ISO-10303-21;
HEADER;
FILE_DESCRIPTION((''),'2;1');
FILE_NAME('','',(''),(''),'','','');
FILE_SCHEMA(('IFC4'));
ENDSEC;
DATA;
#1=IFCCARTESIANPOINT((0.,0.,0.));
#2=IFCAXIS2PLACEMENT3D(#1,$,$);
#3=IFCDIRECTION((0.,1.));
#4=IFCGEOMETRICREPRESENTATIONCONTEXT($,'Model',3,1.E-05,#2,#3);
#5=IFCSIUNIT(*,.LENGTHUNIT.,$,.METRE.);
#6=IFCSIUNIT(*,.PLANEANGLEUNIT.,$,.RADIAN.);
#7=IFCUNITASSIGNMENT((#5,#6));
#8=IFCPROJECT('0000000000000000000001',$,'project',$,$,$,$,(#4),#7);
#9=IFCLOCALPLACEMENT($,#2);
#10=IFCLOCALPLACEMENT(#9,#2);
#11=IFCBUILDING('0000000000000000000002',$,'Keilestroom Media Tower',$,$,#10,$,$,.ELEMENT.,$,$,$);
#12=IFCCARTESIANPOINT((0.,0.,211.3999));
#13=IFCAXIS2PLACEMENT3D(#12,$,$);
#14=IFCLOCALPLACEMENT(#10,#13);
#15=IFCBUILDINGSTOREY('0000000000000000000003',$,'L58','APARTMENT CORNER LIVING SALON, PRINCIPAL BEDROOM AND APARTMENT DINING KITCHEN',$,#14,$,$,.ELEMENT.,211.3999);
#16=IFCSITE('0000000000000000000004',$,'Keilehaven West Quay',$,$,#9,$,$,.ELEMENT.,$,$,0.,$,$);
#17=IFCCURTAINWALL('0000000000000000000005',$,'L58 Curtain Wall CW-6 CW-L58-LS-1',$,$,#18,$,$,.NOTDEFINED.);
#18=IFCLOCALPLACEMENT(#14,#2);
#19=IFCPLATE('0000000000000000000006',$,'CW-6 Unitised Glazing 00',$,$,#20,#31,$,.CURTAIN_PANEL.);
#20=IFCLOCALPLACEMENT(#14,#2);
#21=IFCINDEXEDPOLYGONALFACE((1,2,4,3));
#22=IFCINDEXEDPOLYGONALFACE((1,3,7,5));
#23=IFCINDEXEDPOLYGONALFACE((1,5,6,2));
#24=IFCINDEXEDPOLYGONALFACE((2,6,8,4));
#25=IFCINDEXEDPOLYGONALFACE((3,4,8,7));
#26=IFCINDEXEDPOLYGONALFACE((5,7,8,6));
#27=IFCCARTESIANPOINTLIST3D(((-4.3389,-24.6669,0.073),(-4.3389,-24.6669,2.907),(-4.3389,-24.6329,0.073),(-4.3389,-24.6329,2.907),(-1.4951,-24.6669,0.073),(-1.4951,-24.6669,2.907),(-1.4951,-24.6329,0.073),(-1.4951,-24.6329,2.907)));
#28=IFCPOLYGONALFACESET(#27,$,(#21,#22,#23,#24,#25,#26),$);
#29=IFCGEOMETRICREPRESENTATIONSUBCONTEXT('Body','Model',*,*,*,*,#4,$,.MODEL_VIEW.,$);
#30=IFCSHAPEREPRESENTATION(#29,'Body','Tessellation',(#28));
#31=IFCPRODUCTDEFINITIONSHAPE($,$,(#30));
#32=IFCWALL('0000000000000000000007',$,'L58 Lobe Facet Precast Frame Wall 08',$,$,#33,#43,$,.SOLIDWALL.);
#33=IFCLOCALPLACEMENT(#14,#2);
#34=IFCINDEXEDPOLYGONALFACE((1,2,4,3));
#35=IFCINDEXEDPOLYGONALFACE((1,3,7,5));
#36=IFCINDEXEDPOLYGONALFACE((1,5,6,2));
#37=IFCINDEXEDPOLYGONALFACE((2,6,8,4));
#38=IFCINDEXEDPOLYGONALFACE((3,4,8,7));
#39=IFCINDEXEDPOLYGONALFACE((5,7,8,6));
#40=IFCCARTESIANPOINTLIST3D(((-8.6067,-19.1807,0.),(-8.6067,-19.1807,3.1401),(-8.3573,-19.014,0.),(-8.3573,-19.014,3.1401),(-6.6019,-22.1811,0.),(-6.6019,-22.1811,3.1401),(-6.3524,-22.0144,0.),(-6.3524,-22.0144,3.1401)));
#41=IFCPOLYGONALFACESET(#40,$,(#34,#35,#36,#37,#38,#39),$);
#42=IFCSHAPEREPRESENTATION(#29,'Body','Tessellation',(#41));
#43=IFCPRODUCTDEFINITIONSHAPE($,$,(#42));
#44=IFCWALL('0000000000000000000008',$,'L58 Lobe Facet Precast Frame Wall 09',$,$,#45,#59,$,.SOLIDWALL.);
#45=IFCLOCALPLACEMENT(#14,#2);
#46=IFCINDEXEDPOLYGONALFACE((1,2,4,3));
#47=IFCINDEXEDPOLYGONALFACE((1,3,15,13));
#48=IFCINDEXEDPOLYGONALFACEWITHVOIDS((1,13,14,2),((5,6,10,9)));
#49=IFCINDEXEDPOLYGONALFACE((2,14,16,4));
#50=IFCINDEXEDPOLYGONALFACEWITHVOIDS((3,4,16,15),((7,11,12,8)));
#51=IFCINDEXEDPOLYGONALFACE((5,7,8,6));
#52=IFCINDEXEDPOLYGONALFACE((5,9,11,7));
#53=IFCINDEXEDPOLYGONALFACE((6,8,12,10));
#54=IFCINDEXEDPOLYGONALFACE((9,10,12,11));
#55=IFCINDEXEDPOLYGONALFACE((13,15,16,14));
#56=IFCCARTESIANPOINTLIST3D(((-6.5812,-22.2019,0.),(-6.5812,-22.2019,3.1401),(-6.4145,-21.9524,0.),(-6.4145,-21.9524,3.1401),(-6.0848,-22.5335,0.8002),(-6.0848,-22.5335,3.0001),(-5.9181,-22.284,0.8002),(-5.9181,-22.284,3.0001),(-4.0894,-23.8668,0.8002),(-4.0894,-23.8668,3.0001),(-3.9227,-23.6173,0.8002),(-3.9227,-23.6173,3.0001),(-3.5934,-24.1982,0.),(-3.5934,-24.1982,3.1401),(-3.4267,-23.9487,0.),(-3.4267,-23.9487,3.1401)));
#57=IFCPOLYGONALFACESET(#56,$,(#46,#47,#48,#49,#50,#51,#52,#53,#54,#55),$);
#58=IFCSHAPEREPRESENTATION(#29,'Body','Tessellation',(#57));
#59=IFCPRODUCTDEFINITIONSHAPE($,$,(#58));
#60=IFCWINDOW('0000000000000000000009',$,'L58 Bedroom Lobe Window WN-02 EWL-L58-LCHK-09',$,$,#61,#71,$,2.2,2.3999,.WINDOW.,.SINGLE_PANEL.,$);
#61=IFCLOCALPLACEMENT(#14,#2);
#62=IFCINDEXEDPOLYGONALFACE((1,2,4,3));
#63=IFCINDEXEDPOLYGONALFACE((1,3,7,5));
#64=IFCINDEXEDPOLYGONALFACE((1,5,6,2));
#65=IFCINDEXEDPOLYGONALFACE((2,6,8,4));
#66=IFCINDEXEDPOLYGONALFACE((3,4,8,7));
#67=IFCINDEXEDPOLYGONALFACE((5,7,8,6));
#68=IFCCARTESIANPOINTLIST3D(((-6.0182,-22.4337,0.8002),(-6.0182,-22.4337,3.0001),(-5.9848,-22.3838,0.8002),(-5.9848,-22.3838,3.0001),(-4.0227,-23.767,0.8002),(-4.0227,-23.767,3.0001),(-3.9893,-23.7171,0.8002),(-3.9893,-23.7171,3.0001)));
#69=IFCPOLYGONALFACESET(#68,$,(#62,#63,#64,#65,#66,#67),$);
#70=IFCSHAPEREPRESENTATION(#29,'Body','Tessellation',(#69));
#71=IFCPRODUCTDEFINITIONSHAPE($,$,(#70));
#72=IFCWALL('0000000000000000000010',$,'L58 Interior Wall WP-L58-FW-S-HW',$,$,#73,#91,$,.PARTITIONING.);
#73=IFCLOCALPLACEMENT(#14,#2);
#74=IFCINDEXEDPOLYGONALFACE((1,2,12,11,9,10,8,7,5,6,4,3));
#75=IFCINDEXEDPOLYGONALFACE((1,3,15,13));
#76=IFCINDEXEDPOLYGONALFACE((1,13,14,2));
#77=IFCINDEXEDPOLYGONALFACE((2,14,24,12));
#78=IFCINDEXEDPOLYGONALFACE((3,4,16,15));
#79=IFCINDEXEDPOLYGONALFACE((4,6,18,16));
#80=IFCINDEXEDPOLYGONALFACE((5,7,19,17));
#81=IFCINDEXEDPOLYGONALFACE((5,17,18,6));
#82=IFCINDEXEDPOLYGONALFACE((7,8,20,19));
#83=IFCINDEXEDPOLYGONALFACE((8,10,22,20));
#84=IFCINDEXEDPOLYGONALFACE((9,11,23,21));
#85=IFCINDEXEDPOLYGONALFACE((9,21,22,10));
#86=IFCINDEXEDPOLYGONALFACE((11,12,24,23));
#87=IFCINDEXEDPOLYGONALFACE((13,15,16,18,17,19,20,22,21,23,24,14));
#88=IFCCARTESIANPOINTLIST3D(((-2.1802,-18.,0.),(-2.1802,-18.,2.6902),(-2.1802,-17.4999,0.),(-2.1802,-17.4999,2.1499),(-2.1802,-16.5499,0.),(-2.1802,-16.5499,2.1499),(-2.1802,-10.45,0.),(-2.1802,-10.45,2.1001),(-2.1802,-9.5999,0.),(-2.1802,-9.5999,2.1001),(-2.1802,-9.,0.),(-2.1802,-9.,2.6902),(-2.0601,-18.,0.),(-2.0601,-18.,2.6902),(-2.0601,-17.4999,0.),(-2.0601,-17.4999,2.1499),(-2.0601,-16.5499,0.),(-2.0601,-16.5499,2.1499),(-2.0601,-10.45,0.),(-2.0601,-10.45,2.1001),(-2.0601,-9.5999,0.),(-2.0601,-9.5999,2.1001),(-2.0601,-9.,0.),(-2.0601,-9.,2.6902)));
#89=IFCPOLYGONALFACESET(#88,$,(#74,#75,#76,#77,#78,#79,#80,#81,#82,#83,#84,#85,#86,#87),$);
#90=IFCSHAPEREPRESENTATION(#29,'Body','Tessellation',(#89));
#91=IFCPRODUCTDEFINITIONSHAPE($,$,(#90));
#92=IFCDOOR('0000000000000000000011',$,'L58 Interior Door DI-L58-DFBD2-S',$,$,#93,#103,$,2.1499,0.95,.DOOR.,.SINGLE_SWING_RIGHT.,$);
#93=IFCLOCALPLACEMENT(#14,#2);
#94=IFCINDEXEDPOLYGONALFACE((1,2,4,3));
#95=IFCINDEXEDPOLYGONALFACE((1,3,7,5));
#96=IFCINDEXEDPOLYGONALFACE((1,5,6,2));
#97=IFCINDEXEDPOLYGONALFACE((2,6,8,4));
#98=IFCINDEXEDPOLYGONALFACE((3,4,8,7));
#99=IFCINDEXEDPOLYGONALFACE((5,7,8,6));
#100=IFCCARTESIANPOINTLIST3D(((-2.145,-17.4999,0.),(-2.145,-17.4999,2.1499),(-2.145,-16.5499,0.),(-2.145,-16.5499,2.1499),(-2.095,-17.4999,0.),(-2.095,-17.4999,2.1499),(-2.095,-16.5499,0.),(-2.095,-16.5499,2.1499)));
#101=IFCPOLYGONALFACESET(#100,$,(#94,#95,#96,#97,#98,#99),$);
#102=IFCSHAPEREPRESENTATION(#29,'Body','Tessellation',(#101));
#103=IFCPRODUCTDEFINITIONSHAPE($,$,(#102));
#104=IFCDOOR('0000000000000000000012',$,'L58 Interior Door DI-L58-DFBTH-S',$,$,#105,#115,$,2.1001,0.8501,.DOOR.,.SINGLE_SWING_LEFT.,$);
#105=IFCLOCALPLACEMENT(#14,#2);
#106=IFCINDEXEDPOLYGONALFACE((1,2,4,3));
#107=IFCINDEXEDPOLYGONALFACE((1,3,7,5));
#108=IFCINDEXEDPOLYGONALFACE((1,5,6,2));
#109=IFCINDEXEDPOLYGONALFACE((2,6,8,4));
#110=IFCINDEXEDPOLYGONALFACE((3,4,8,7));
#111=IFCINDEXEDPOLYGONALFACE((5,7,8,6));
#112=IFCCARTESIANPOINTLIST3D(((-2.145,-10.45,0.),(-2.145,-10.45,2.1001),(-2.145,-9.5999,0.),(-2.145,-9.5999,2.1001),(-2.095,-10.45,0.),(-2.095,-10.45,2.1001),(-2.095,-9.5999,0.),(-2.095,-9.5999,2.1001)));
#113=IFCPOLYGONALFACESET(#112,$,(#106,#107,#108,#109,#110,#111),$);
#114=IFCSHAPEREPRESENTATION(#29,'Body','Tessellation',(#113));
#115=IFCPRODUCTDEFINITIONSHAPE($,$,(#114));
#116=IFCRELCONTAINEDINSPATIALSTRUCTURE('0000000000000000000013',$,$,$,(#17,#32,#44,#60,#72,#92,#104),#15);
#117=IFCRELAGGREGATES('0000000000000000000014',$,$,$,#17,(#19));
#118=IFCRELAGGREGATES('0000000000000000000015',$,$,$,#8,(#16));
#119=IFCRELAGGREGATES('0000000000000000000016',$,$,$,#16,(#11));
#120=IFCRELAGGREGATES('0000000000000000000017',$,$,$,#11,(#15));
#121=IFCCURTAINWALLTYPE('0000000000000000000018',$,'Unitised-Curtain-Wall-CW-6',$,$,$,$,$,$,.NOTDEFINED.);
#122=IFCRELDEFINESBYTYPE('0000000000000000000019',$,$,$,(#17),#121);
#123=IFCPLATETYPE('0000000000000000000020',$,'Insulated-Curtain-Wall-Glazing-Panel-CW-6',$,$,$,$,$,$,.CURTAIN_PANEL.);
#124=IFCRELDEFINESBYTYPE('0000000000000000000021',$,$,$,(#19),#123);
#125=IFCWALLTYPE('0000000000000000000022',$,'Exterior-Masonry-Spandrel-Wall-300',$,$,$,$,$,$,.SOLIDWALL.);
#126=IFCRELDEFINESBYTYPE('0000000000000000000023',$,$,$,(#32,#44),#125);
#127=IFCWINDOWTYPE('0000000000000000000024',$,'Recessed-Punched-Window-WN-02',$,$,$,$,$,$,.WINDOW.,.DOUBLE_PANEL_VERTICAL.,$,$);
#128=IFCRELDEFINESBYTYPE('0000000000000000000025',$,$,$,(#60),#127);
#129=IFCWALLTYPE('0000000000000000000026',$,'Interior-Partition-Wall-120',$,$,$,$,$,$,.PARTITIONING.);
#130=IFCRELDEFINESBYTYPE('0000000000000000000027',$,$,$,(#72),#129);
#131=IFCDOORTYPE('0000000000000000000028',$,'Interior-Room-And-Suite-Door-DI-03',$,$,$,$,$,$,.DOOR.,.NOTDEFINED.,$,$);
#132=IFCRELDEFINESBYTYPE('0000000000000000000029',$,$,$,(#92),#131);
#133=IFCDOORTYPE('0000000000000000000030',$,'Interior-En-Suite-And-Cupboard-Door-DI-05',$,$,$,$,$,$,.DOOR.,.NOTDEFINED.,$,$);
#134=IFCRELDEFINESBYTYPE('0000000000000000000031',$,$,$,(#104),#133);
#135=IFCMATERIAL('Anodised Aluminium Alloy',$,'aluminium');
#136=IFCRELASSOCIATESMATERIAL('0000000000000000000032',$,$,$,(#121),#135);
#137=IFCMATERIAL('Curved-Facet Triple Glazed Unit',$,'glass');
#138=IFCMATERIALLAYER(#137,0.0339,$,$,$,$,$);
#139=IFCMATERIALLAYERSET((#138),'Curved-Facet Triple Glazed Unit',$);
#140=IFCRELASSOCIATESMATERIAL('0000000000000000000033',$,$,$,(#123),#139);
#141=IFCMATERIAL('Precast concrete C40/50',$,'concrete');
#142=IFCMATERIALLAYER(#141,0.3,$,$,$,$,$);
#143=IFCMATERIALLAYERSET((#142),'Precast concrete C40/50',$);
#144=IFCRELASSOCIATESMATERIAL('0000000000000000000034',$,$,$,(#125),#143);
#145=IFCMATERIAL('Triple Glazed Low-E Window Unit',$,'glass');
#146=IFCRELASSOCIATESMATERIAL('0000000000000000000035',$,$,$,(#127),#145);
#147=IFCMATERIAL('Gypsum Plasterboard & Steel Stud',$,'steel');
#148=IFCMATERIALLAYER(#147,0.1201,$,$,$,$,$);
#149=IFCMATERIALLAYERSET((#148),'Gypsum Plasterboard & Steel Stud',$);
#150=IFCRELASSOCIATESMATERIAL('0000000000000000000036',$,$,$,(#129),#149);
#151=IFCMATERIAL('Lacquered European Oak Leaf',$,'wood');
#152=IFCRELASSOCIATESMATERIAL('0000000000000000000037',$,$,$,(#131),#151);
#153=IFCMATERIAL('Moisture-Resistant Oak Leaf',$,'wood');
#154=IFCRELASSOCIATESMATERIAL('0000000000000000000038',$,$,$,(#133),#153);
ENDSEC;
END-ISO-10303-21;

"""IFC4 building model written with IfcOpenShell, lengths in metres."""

from ifc_helpers import new_model, si_unit, direction, frame, frame_2d, origin, origin_2d, place, context, subcontext, project, spatial, rectangle, extrude, source, transform, mapped, material, layer, layer_set, type_object, element, fill, aggregate, save


model = new_model("IFC4")

# Units and contexts
model_context = context("Model", 3, precision=1e-05, world=origin(), true_north=direction((0.0, 1.0)))
body_context = subcontext(model_context, "Body", "Model", "MODEL_VIEW")
ifc_project = project(units=[si_unit("LENGTHUNIT", "METRE"), si_unit("PLANEANGLEUNIT", "RADIAN")], contexts=[model_context])

# Site, building, storey
site_placement = place(None, origin())
site = spatial("IfcSite", under=ifc_project, at=site_placement, Name="Keilehaven West Quay", CompositionType="ELEMENT", RefElevation=0.0)
building_placement = place(site_placement, origin())
building = spatial("IfcBuilding", under=site, at=building_placement, Name="Keilestroom Media Tower", CompositionType="ELEMENT")
storey_placement = place(building_placement, frame((0.0, 0.0, 211.3999)))
storey = spatial("IfcBuildingStorey", under=building, at=storey_placement, Name="L58", Description="APARTMENT CORNER LIVING SALON, PRINCIPAL BEDROOM AND APARTMENT DINING KITCHEN", CompositionType="ELEMENT", Elevation=211.3999)

# Curtain wall, plate
ifc_material_1 = material(Name="Anodised Aluminium Alloy", Category="aluminium")
curtain_wall_type = type_object("IfcCurtainWallType", Name="Unitised-Curtain-Wall-CW-6", PredefinedType="NOTDEFINED", material=ifc_material_1)
curtain_wall_placement = place(storey_placement, origin())
curtain_wall = element("IfcCurtainWall", 1, at=curtain_wall_placement, inside=storey, type_object=curtain_wall_type, Name="L58 Curtain Wall CW-6 CW-L58-LS-1", PredefinedType="NOTDEFINED")
ifc_material_2 = material(Name="Curved-Facet Triple Glazed Unit", Category="glass")
ifc_layer_1 = layer(ifc_material_2, 0.0339)
ifc_layer_set_1 = layer_set([ifc_layer_1], Name="Curved-Facet Triple Glazed Unit")
plate_type = type_object("IfcPlateType", Name="Insulated-Curtain-Wall-Glazing-Panel-CW-6", PredefinedType="CURTAIN_PANEL", material=ifc_layer_set_1)
shared_shape_1 = source(origin(), body_context, "Body", "SweptSolid", [
    extrude(rectangle(XDim=2.8438, YDim=0.0339, at=origin_2d()), origin(), (0.0, 0.0, 1.0), 2.834),
])
plate_placement = place(storey_placement, frame((-2.917, -24.6499, 0.073), z_axis=(0.0, 0.0, 1.0), x_axis=(1.0, 0.0, 0.0)))
plate = element("IfcPlate", 2, at=plate_placement, type_object=plate_type, Name="CW-6 Unitised Glazing 00", PredefinedType="CURTAIN_PANEL", context=body_context, shape_type="MappedRepresentation", body=[
    mapped(shared_shape_1, transform((0.0, 0.0, 0.0), x_axis=(1.0, 0.0, 0.0), y_axis=(0.0, 1.0, 0.0), z_axis=(0.0, 0.0, 1.0), scale=1.0)),
])
aggregate(curtain_wall, [plate])

# Wall
ifc_material_3 = material(Name="Precast concrete C40/50", Category="concrete")
ifc_layer_2 = layer(ifc_material_3, 0.3)
ifc_layer_set_2 = layer_set([ifc_layer_2], Name="Precast concrete C40/50")
wall_type_1 = type_object("IfcWallType", Name="Exterior-Masonry-Spandrel-Wall-300", PredefinedType="SOLIDWALL", material=ifc_layer_set_2)
wall_1_placement = place(storey_placement, frame((-8.4819, -19.0974, 0.0), z_axis=(0.0, 0.0, 1.0), x_axis=(0.555574, -0.831467, 0.0)))
element("IfcWall", 3, at=wall_1_placement, inside=storey, type_object=wall_type_1, Name="L58 Lobe Facet Precast Frame Wall 08", PredefinedType="SOLIDWALL", context=body_context, shape_type="SweptSolid", body=[
    extrude(rectangle(XDim=3.6086, YDim=0.3, at=frame_2d((1.8042, 0.0))), origin(), (0.0, 0.0, 1.0), 3.1401),
])

# Wall, opening, window
wall_2_placement = place(storey_placement, frame((-6.4978, -22.0771, 0.0), z_axis=(0.0, 0.0, 1.0), x_axis=(0.831475, -0.555562, 0.0)))
wall_2 = element("IfcWall", 4, at=wall_2_placement, inside=storey, type_object=wall_type_1, Name="L58 Lobe Facet Precast Frame Wall 09", PredefinedType="SOLIDWALL", context=body_context, shape_type="SweptSolid", body=[
    extrude(rectangle(XDim=3.5933, YDim=0.3, at=frame_2d((1.7966, 0.0))), origin(), (0.0, 0.0, 1.0), 3.1401),
])
opening_1_placement = place(wall_2_placement, frame((0.5969, 0.0, 0.8)))
opening_1 = element("IfcOpeningElement", 5, at=opening_1_placement, cuts=wall_2, PredefinedType="OPENING", context=body_context, shape_type="SweptSolid", body=[
    extrude(rectangle(XDim=2.3999, YDim=2.2, at=frame_2d((1.2, 1.1001))), frame((0.0, 0.1602, 0.0), z_axis=(0.0, -1.0, 0.0), x_axis=(1.0, 0.0, 0.0)), (0.0, 0.0, 1.0), 0.3201),
])
ifc_material_4 = material(Name="Triple Glazed Low-E Window Unit", Category="glass")
window_type = type_object("IfcWindowType", Name="Recessed-Punched-Window-WN-02", PartitioningType="DOUBLE_PANEL_VERTICAL", PredefinedType="WINDOW", material=ifc_material_4)
shared_shape_2 = source(origin(), body_context, "Body", "SweptSolid", [
    extrude(rectangle(XDim=2.3999, YDim=2.2, at=frame_2d((1.2, 1.1001))), frame((0.0, 0.03, 0.0), z_axis=(0.0, -1.0, 0.0), x_axis=(1.0, 0.0, 0.0)), (0.0, 0.0, 1.0), 0.0601),
])
window_placement = place(opening_1_placement, origin())
window = element("IfcWindow", 6, at=window_placement, inside=storey, type_object=window_type, Name="L58 Bedroom Lobe Window WN-02 EWL-L58-LCHK-09", OverallHeight=2.2, OverallWidth=2.3999, PartitioningType="SINGLE_PANEL", PredefinedType="WINDOW", context=body_context, shape_type="MappedRepresentation", body=[
    mapped(shared_shape_2, transform((0.0, 0.0, 0.0), x_axis=(1.0, 0.0, 0.0), y_axis=(0.0, 1.0, 0.0), z_axis=(0.0, 0.0, 1.0), scale=1.0)),
])
fill(opening_1, window)

# Wall, openings, doors
ifc_material_5 = material(Name="Gypsum Plasterboard & Steel Stud", Category="steel")
ifc_layer_3 = layer(ifc_material_5, 0.1201)
ifc_layer_set_3 = layer_set([ifc_layer_3], Name="Gypsum Plasterboard & Steel Stud")
wall_type_2 = type_object("IfcWallType", Name="Interior-Partition-Wall-120", PredefinedType="PARTITIONING", material=ifc_layer_set_3)
wall_3_placement = place(storey_placement, frame((-2.1201, -18.0, 0.0), z_axis=(0.0, 0.0, 1.0), x_axis=(0.0, 1.0, 0.0)))
wall_3 = element("IfcWall", 7, at=wall_3_placement, inside=storey, type_object=wall_type_2, Name="L58 Interior Wall WP-L58-FW-S-HW", PredefinedType="PARTITIONING", context=body_context, shape_type="SweptSolid", body=[
    extrude(rectangle(XDim=9.0, YDim=0.1201, at=frame_2d((4.5, 0.0))), origin(), (0.0, 0.0, 1.0), 2.6902),
])
opening_2_placement = place(wall_3_placement, frame((7.55, 0.0, 0.0)))
opening_2 = element("IfcOpeningElement", 8, at=opening_2_placement, cuts=wall_3, PredefinedType="OPENING", context=body_context, shape_type="SweptSolid", body=[
    extrude(rectangle(XDim=0.8501, YDim=2.1001, at=frame_2d((0.425, 1.05))), frame((0.0, 0.0701, 0.0), z_axis=(0.0, -1.0, 0.0), x_axis=(1.0, 0.0, 0.0)), (0.0, 0.0, 1.0), 0.1401),
])
opening_3_placement = place(wall_3_placement, frame((0.5, 0.0, 0.0)))
opening_3 = element("IfcOpeningElement", 9, at=opening_3_placement, cuts=wall_3, PredefinedType="OPENING", context=body_context, shape_type="SweptSolid", body=[
    extrude(rectangle(XDim=0.95, YDim=2.1499, at=frame_2d((0.4751, 1.075))), frame((0.0, 0.0701, 0.0), z_axis=(0.0, -1.0, 0.0), x_axis=(1.0, 0.0, 0.0)), (0.0, 0.0, 1.0), 0.1401),
])
ifc_material_6 = material(Name="Lacquered European Oak Leaf", Category="wood")
door_type_1 = type_object("IfcDoorType", Name="Interior-Room-And-Suite-Door-DI-03", OperationType="NOTDEFINED", PredefinedType="DOOR", material=ifc_material_6)
shared_shape_3 = source(origin(), body_context, "Body", "SweptSolid", [
    extrude(rectangle(XDim=0.95, YDim=2.1499, at=frame_2d((0.4751, 1.075))), frame((0.0, 0.0249, 0.0), z_axis=(0.0, -1.0, 0.0), x_axis=(1.0, 0.0, 0.0)), (0.0, 0.0, 1.0), 0.05),
])
door_1_placement = place(opening_3_placement, origin())
door_1 = element("IfcDoor", 10, at=door_1_placement, inside=storey, type_object=door_type_1, Name="L58 Interior Door DI-L58-DFBD2-S", OperationType="SINGLE_SWING_RIGHT", OverallHeight=2.1499, OverallWidth=0.95, PredefinedType="DOOR", context=body_context, shape_type="MappedRepresentation", body=[
    mapped(shared_shape_3, transform((0.0, 0.0, 0.0), x_axis=(1.0, 0.0, 0.0), y_axis=(0.0, 1.0, 0.0), z_axis=(0.0, 0.0, 1.0), scale=1.0)),
])
fill(opening_3, door_1)
ifc_material_7 = material(Name="Moisture-Resistant Oak Leaf", Category="wood")
door_type_2 = type_object("IfcDoorType", Name="Interior-En-Suite-And-Cupboard-Door-DI-05", OperationType="NOTDEFINED", PredefinedType="DOOR", material=ifc_material_7)
shared_shape_4 = source(origin(), body_context, "Body", "SweptSolid", [
    extrude(rectangle(XDim=0.8501, YDim=2.1001, at=frame_2d((0.425, 1.05))), frame((0.0, 0.0249, 0.0), z_axis=(0.0, -1.0, 0.0), x_axis=(1.0, 0.0, 0.0)), (0.0, 0.0, 1.0), 0.05),
])
door_2_placement = place(opening_2_placement, origin())
door_2 = element("IfcDoor", 11, at=door_2_placement, inside=storey, type_object=door_type_2, Name="L58 Interior Door DI-L58-DFBTH-S", OperationType="SINGLE_SWING_LEFT", OverallHeight=2.1001, OverallWidth=0.8501, PredefinedType="DOOR", context=body_context, shape_type="MappedRepresentation", body=[
    mapped(shared_shape_4, transform((0.0, 0.0, 0.0), x_axis=(1.0, 0.0, 0.0), y_axis=(0.0, 1.0, 0.0), z_axis=(0.0, 0.0, 1.0), scale=1.0)),
])
fill(opening_2, door_2)

save(model, "model.ifc")
